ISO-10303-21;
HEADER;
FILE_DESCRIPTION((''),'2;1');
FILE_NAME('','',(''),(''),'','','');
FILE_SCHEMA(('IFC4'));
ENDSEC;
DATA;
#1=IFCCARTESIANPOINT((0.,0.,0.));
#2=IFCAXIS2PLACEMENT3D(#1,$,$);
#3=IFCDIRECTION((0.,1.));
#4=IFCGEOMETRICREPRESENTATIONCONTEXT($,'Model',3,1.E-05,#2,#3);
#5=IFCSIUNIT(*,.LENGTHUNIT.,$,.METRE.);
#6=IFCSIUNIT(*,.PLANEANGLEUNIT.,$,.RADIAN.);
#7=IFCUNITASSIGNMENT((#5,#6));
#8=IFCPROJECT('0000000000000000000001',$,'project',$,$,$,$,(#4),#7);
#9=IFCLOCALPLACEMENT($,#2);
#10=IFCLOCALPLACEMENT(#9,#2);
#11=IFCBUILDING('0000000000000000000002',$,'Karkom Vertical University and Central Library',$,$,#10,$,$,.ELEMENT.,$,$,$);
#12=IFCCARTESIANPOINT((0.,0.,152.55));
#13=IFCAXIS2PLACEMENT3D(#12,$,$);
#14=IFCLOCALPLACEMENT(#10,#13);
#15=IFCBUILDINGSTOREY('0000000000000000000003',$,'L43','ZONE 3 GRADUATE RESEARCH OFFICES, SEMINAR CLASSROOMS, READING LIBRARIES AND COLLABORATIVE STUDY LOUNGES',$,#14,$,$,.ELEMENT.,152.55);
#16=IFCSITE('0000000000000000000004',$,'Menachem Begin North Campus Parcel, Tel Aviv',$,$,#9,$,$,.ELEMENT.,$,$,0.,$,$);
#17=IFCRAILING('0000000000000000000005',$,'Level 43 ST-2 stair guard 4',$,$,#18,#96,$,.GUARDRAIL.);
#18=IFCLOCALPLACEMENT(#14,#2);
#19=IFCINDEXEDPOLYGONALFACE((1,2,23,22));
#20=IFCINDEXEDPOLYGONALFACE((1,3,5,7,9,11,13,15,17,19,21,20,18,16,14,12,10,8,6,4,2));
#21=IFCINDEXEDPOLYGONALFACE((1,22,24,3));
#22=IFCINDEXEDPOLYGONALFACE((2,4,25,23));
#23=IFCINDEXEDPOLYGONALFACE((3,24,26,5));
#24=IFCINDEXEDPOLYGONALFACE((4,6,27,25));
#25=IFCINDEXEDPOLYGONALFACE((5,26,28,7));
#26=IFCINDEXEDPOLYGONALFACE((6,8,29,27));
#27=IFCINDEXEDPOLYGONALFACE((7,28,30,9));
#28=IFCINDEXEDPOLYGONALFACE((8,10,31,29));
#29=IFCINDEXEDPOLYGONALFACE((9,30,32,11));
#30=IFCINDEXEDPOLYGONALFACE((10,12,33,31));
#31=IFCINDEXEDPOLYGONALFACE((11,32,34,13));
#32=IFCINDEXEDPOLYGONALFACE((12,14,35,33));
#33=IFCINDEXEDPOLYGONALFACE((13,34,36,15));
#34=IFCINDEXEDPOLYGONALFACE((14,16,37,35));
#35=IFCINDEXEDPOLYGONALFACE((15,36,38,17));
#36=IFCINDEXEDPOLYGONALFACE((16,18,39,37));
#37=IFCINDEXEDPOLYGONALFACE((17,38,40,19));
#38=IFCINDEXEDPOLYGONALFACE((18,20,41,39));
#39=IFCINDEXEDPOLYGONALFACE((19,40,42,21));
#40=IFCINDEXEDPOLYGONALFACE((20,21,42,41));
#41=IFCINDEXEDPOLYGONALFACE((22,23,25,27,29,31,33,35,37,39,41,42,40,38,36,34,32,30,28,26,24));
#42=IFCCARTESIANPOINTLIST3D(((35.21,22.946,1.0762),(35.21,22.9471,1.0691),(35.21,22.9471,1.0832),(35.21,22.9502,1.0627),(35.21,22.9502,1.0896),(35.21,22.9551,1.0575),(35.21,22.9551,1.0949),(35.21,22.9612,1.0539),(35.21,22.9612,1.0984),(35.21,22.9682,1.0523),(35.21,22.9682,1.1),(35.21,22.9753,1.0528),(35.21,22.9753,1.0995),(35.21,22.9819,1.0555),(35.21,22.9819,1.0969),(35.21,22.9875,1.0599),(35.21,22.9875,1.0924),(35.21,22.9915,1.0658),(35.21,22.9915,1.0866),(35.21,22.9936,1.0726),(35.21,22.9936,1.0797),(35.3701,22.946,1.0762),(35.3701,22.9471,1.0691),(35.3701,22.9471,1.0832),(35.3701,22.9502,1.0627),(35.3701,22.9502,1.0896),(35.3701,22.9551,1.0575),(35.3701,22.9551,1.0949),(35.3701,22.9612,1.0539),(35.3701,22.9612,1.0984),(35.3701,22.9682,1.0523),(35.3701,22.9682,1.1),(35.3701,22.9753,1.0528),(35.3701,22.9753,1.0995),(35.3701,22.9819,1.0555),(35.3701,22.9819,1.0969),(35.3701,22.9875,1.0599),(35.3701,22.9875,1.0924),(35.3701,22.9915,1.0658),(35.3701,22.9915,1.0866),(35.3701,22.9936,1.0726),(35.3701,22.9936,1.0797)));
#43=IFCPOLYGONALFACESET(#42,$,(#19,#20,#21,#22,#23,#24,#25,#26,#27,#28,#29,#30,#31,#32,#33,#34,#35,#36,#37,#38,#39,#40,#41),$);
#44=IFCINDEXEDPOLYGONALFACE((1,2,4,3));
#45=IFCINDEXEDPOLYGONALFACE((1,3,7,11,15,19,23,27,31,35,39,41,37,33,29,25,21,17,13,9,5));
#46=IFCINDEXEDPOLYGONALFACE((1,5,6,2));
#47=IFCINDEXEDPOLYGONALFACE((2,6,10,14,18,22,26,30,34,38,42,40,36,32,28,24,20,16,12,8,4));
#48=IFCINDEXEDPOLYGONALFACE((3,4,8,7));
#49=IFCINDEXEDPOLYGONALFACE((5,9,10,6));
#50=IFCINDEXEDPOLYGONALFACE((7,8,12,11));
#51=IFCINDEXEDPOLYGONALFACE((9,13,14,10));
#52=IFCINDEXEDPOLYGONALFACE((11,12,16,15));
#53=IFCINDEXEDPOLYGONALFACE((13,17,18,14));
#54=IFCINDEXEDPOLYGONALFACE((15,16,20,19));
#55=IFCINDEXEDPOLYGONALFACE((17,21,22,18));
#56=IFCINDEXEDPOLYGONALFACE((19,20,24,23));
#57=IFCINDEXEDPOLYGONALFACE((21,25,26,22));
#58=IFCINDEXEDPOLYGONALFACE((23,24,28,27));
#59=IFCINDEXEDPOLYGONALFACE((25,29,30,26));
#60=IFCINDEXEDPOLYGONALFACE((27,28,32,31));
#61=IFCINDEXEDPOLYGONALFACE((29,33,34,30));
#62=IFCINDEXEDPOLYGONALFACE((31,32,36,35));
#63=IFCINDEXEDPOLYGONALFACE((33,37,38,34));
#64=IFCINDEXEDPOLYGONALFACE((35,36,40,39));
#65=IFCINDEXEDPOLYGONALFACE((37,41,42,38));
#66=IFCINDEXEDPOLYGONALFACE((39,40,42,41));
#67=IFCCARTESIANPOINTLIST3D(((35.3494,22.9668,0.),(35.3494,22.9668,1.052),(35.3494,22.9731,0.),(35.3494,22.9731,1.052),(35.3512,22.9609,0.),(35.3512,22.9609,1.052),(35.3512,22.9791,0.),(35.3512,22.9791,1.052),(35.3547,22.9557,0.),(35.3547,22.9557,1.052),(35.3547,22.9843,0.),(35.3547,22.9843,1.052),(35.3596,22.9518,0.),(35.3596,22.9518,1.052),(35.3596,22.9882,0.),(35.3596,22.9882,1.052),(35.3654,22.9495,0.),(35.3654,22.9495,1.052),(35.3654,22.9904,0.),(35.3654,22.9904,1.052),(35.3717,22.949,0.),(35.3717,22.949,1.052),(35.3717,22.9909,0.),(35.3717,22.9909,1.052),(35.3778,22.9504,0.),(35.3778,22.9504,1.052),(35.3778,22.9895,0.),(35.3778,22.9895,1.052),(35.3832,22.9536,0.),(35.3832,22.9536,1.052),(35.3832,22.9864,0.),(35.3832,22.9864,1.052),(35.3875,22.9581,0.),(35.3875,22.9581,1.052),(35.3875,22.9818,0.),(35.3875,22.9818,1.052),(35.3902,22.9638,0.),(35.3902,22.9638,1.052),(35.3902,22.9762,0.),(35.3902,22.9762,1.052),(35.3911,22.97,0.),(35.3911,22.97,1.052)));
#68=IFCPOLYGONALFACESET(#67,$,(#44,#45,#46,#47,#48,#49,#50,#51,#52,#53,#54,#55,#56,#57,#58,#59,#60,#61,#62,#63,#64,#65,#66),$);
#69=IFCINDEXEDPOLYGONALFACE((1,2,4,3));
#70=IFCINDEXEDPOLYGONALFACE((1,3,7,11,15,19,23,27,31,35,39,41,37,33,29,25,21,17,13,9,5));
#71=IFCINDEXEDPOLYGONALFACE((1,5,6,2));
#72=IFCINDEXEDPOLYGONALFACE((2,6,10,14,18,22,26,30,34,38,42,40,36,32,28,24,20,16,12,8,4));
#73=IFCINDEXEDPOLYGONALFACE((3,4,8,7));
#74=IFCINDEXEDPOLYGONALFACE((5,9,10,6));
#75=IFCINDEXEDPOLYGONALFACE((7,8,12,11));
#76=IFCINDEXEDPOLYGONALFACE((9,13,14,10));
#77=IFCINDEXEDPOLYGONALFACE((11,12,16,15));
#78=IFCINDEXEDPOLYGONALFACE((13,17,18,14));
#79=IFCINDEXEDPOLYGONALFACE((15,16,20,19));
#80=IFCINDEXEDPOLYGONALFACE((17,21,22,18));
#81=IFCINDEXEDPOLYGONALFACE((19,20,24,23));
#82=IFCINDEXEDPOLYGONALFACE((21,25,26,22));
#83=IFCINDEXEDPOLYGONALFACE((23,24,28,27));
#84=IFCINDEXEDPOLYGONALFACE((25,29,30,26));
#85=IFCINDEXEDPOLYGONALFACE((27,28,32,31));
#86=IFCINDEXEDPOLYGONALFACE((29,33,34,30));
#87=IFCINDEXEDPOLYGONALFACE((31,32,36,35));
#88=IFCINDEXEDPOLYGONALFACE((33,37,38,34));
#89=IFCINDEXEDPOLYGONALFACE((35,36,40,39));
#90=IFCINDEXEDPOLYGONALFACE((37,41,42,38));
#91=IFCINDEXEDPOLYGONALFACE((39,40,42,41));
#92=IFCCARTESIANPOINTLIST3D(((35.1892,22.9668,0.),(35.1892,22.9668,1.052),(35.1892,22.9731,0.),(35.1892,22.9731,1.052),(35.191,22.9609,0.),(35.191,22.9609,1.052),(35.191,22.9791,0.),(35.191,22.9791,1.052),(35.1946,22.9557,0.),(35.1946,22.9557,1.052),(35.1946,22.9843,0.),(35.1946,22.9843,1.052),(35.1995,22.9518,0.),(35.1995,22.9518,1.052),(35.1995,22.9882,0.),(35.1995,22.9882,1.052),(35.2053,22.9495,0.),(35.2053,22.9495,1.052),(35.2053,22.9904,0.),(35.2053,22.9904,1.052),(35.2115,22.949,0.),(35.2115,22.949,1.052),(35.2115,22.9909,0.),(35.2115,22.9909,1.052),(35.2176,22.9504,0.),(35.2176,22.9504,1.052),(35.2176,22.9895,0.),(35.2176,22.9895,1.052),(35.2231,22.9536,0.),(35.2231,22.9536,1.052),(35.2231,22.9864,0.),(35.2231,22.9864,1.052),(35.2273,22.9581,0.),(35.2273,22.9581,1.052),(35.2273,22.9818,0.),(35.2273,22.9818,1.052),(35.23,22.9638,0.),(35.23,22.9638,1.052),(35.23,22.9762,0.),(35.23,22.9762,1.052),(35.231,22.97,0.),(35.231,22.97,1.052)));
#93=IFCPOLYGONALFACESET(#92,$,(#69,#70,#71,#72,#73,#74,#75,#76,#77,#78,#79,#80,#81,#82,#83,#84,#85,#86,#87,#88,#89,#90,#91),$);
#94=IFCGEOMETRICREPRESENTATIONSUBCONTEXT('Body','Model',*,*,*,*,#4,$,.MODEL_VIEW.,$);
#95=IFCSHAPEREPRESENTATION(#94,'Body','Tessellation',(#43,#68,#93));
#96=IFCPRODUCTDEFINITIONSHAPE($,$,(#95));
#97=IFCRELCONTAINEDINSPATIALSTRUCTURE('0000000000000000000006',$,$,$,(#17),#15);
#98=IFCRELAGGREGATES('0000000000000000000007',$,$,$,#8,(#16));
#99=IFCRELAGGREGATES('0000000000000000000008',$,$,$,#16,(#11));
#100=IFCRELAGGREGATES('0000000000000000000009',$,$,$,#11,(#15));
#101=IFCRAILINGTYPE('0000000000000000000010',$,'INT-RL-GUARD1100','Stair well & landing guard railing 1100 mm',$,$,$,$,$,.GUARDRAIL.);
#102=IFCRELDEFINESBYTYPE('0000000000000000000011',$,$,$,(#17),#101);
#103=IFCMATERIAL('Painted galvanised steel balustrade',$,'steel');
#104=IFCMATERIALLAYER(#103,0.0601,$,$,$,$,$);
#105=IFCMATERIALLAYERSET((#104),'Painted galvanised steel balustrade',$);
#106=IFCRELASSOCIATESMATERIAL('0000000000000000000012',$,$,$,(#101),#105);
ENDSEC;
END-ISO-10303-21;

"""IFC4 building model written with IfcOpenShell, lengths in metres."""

from ifc_helpers import new_model, si_unit, direction, frame, origin, origin_2d, place, context, subcontext, project, spatial, circle, extrude, material, layer, layer_set, type_object, element, save


model = new_model("IFC4")

# Units and contexts
model_context = context("Model", 3, precision=1e-05, world=origin(), true_north=direction((0.0, 1.0)))
body_context = subcontext(model_context, "Body", "Model", "MODEL_VIEW")
ifc_project = project(units=[si_unit("LENGTHUNIT", "METRE"), si_unit("PLANEANGLEUNIT", "RADIAN")], contexts=[model_context])

# Site, building, storey
site_placement = place(None, origin())
site = spatial("IfcSite", under=ifc_project, at=site_placement, Name="Menachem Begin North Campus Parcel, Tel Aviv", CompositionType="ELEMENT", RefElevation=0.0)
building_placement = place(site_placement, origin())
building = spatial("IfcBuilding", under=site, at=building_placement, Name="Karkom Vertical University and Central Library", CompositionType="ELEMENT")
storey_placement = place(building_placement, frame((0.0, 0.0, 152.55)))
storey = spatial("IfcBuildingStorey", under=building, at=storey_placement, Name="L43", Description="ZONE 3 GRADUATE RESEARCH OFFICES, SEMINAR CLASSROOMS, READING LIBRARIES AND COLLABORATIVE STUDY LOUNGES", CompositionType="ELEMENT", Elevation=152.55)

# Railing
ifc_material_1 = material(Name="Painted galvanised steel balustrade", Category="steel")
ifc_layer_1 = layer(ifc_material_1, 0.0601)
ifc_layer_set_1 = layer_set([ifc_layer_1], Name="Painted galvanised steel balustrade")
railing_type_1 = type_object("IfcRailingType", Name="INT-RL-GUARD1100", Description="Stair well & landing guard railing 1100 mm", PredefinedType="GUARDRAIL", material=ifc_layer_set_1)
railing_1_placement = place(storey_placement, frame((35.3701, 22.97, 0.0)))
element("IfcRailing", 1, at=railing_1_placement, inside=storey, type_object=railing_type_1, Name="Level 43 ST-2 stair guard 4", PredefinedType="GUARDRAIL", context=body_context, shape_type="SweptSolid", body=[
    extrude(circle(Radius=0.0239, at=origin_2d()), frame((0.0, 0.0, 1.0762), z_axis=(-1.0, 0.0, 0.0), x_axis=(0.0, -1.0, 0.0)), (0.0, 0.0, 1.0), 0.1602),
    extrude(circle(Radius=0.021, at=origin_2d()), origin(), (0.0, 0.0, 1.0), 1.052),
    extrude(circle(Radius=0.021, at=origin_2d()), frame((-0.1602, 0.0, 0.0)), (0.0, 0.0, 1.0), 1.052),
])

save(model, "model.ifc")
